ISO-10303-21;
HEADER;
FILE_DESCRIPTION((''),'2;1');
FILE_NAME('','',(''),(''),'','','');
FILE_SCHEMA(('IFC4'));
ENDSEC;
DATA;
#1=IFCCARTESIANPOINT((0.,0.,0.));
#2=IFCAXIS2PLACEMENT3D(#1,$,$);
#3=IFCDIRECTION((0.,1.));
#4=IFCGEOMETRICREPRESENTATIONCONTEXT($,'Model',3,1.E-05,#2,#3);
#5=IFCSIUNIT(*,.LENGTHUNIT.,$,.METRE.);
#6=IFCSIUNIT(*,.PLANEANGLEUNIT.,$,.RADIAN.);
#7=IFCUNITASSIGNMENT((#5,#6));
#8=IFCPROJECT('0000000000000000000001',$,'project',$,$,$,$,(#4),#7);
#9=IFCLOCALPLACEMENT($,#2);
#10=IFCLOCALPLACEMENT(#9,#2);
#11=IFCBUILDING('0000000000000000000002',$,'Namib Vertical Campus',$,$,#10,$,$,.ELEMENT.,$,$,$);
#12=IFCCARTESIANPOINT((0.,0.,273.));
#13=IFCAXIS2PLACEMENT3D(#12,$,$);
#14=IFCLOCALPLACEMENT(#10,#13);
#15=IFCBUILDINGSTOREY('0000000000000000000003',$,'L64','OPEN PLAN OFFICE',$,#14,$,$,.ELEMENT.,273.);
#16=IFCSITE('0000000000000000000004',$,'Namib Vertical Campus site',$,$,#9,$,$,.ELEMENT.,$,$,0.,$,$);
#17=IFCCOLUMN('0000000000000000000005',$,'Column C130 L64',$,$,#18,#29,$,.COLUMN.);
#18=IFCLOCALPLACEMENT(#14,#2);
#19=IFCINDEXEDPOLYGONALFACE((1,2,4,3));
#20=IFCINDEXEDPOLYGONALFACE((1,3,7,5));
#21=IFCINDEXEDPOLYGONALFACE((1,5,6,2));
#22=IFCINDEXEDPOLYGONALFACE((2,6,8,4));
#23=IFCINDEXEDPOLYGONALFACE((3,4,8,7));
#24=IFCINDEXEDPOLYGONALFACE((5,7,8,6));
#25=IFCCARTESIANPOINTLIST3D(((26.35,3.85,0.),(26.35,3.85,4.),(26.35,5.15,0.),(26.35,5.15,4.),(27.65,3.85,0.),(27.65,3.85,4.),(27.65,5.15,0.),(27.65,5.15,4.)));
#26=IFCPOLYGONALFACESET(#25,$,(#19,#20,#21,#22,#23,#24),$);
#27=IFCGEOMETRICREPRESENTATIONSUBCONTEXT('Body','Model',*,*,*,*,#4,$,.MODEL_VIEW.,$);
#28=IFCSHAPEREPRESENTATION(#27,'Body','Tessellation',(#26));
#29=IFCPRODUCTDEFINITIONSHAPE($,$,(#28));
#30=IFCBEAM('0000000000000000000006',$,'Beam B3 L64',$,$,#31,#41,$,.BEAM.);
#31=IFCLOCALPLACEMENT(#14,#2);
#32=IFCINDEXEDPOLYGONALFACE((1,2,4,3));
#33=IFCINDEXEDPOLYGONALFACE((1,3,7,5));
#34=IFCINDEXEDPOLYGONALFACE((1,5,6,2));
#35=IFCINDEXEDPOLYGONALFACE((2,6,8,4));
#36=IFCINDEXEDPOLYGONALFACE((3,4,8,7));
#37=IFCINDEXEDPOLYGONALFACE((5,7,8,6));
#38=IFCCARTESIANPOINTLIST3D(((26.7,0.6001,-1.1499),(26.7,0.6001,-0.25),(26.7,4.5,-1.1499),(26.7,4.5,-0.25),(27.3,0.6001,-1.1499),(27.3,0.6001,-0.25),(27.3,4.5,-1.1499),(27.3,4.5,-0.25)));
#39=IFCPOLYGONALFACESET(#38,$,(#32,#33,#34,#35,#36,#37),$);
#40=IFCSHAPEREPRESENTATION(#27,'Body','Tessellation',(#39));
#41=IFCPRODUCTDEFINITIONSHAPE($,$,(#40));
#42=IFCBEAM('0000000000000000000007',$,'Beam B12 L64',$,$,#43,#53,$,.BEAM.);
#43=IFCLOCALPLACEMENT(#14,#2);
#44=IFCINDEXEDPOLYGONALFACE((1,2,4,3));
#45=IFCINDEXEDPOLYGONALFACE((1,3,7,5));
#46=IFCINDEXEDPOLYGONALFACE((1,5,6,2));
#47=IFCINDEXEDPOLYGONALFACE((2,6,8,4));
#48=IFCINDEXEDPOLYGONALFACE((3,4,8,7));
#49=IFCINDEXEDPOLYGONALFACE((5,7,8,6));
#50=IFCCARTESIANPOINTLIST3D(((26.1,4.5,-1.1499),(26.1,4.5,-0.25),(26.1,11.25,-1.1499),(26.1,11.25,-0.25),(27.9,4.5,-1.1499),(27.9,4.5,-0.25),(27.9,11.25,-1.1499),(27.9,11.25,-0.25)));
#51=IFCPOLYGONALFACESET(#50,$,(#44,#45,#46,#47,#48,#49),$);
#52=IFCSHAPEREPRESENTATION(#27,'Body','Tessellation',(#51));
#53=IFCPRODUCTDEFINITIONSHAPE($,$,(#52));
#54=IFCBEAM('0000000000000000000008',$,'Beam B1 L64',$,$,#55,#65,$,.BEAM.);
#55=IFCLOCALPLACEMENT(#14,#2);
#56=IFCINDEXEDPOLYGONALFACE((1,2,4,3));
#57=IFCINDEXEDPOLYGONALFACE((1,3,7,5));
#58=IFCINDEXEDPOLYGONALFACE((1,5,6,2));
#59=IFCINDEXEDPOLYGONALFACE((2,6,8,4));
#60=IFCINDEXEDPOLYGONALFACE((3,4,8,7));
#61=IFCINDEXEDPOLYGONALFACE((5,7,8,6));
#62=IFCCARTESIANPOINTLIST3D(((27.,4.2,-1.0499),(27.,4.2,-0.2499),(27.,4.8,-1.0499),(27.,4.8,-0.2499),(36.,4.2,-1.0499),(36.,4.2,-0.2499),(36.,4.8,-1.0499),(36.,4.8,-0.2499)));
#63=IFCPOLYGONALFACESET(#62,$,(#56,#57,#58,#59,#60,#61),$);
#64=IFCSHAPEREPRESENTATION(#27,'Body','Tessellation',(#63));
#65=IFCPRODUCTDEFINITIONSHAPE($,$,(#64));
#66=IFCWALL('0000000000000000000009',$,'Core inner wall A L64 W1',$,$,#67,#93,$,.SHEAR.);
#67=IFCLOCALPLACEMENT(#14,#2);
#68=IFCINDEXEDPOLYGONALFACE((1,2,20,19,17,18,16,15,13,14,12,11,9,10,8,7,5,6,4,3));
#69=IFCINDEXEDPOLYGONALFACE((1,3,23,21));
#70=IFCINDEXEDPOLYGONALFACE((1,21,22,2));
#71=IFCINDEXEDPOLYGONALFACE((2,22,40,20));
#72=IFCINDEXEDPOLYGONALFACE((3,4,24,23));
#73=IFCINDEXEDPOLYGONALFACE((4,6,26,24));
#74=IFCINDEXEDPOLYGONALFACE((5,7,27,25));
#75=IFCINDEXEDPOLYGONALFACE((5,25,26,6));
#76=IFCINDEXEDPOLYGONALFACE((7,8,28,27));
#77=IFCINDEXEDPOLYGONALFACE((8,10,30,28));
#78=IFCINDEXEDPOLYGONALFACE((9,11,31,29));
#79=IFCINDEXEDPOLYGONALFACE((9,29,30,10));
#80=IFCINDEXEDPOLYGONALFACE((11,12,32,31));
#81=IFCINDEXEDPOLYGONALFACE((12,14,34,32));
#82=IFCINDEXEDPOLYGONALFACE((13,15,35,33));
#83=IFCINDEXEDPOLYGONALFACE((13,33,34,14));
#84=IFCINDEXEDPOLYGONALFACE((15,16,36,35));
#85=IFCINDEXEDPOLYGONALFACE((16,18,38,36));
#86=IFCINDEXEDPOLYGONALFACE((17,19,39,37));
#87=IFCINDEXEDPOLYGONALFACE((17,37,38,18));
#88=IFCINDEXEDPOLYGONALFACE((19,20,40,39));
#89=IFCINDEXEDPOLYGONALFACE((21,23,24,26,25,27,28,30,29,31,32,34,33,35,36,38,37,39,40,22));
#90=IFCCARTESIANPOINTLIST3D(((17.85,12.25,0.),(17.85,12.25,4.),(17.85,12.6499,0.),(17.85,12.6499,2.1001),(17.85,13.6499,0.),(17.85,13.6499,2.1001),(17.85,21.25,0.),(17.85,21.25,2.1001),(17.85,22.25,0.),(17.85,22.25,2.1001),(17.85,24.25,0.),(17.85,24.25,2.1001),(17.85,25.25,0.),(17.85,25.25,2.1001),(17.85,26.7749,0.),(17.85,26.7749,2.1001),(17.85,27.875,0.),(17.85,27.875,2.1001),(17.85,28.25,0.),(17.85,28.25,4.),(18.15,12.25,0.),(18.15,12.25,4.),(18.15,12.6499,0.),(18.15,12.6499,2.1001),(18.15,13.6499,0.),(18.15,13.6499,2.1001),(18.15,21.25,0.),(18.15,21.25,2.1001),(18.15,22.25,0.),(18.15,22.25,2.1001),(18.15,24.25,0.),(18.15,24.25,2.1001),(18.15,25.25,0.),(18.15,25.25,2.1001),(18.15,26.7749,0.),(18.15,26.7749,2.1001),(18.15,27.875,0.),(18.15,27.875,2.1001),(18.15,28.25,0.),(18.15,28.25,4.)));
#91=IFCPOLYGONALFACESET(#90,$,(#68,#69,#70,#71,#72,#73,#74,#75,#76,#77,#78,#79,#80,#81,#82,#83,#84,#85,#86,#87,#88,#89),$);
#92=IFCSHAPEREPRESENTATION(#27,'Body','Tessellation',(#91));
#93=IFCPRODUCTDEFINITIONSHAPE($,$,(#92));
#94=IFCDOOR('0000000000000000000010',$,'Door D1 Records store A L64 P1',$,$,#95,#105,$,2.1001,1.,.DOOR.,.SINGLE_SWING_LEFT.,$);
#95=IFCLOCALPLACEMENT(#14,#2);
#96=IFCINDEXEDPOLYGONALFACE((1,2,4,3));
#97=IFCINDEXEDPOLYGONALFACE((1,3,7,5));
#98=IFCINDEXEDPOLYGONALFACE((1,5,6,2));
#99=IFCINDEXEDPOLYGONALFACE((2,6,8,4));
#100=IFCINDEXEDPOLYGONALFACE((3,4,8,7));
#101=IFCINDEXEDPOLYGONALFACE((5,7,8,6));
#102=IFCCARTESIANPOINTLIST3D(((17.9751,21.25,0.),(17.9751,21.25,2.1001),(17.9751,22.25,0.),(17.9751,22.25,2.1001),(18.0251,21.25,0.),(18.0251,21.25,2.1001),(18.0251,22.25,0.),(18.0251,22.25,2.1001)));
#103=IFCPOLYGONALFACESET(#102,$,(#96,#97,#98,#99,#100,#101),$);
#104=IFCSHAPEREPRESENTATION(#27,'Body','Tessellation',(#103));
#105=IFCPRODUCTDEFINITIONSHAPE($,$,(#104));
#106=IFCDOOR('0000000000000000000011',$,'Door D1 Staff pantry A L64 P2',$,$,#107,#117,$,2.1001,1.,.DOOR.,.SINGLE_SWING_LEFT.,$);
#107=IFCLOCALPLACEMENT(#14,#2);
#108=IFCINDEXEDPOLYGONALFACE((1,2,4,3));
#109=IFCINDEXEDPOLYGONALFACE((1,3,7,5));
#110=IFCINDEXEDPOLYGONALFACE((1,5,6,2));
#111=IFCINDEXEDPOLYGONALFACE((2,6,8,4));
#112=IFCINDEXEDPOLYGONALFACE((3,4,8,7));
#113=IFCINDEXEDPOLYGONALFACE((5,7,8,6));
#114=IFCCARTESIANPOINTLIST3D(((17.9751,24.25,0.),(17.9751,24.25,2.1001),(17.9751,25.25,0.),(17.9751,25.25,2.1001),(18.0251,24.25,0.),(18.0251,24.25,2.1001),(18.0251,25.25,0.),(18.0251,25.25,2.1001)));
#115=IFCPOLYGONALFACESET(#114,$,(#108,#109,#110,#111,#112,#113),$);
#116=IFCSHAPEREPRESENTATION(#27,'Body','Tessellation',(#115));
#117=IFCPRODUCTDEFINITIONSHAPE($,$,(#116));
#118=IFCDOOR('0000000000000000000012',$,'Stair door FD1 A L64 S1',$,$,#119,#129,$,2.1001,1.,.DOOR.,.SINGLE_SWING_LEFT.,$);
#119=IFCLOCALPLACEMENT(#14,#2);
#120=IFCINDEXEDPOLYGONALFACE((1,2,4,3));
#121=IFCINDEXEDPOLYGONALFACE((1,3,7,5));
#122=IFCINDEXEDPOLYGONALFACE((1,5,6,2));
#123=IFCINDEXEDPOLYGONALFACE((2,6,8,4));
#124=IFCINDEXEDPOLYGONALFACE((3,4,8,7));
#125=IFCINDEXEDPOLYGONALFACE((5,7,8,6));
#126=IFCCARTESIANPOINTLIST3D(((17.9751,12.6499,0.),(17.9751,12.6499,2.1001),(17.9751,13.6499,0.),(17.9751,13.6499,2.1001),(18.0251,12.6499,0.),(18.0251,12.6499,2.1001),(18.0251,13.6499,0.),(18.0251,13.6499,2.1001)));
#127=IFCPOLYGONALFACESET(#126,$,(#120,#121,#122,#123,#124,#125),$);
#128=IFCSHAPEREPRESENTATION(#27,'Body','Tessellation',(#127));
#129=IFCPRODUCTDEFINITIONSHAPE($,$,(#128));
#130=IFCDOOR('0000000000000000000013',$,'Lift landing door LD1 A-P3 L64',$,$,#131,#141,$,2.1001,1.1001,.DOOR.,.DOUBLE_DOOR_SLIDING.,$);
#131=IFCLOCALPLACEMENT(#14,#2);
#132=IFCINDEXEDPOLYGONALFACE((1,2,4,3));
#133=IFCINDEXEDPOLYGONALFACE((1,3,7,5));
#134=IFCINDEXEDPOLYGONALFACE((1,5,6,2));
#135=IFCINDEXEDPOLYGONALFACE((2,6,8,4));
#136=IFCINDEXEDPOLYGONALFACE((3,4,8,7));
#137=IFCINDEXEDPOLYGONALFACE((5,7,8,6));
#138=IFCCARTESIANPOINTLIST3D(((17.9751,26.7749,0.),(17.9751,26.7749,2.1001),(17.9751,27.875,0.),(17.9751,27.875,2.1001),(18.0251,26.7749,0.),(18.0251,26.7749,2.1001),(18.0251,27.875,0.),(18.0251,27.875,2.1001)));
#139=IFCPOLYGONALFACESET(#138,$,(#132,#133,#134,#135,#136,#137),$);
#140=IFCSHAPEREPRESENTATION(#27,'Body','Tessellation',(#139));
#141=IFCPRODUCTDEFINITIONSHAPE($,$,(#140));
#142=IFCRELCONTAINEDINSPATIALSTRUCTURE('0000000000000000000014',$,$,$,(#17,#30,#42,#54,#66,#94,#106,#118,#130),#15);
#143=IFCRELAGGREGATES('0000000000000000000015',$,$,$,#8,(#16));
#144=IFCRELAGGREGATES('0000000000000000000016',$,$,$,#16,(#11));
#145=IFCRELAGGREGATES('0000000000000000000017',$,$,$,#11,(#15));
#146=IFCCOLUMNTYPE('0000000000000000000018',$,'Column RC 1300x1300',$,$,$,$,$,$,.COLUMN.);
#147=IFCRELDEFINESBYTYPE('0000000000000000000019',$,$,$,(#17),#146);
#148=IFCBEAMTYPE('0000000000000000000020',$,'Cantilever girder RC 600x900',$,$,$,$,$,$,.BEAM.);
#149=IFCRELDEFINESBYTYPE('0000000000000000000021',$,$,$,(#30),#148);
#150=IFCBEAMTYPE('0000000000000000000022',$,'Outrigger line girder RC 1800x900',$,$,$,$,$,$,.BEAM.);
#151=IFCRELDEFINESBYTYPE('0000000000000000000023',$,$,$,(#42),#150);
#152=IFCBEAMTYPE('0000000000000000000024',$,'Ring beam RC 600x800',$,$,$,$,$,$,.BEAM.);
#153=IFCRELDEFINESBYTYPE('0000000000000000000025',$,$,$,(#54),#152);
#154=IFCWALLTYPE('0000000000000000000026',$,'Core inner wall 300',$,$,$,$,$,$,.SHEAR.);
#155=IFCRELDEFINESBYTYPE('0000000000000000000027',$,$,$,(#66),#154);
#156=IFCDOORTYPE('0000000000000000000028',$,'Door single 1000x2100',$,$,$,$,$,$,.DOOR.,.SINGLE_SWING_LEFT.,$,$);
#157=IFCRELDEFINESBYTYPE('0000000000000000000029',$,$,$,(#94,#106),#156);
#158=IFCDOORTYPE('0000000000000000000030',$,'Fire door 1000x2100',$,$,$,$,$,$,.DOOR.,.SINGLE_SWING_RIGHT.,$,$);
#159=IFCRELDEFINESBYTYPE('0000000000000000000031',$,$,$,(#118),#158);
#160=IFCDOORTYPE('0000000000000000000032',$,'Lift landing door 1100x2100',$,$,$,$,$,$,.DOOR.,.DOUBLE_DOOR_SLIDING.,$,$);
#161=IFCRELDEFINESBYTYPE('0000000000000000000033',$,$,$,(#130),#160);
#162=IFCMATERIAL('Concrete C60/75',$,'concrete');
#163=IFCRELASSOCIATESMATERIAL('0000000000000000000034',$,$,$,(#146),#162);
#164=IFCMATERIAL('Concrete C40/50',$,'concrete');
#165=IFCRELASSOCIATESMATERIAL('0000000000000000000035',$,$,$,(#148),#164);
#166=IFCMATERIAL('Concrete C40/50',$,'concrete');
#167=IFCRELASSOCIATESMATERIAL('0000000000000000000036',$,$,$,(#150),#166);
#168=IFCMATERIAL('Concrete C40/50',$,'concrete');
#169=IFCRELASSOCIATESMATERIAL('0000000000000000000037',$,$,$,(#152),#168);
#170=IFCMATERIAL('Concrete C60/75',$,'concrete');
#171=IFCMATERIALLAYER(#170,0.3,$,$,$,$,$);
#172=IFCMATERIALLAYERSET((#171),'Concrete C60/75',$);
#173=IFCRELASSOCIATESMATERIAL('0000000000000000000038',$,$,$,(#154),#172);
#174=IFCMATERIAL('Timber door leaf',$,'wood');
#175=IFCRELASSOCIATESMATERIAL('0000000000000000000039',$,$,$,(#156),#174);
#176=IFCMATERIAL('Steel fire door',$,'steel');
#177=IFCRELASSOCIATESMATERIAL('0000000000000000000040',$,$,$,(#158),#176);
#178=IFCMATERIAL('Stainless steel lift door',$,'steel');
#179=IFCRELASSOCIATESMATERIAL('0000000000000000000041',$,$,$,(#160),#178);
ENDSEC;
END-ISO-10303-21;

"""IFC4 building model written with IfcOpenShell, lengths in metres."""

from ifc_helpers import new_model, si_unit, direction, frame, frame_2d, origin, origin_2d, place, context, subcontext, project, spatial, rectangle, extrude, material, layer, layer_set, material_profile, profile_set, type_object, element, fill, save


model = new_model("IFC4")

# Units and contexts
model_context = context("Model", 3, precision=1e-05, world=origin(), true_north=direction((0.0, 1.0)))
body_context = subcontext(model_context, "Body", "Model", "MODEL_VIEW")
ifc_project = project(units=[si_unit("LENGTHUNIT", "METRE"), si_unit("PLANEANGLEUNIT", "RADIAN")], contexts=[model_context])

# Site, building, storey
site_placement = place(None, origin())
site = spatial("IfcSite", under=ifc_project, at=site_placement, Name="Namib Vertical Campus site", CompositionType="ELEMENT", RefElevation=0.0)
building_placement = place(site_placement, origin())
building = spatial("IfcBuilding", under=site, at=building_placement, Name="Namib Vertical Campus", CompositionType="ELEMENT")
storey_placement = place(building_placement, frame((0.0, 0.0, 273.0)))
storey = spatial("IfcBuildingStorey", under=building, at=storey_placement, Name="L64", Description="OPEN PLAN OFFICE", CompositionType="ELEMENT", Elevation=273.0)

# Column
ifc_material_1 = material(Name="Concrete C60/75", Category="concrete")
ifc_material_profile_1 = material_profile(ifc_material_1, rectangle(XDim=1.3, YDim=1.3, at=origin_2d()))
ifc_profile_set_1 = profile_set([ifc_material_profile_1], Name="Concrete C60/75")
column_type = type_object("IfcColumnType", Name="Column RC 1300x1300", PredefinedType="COLUMN", material=ifc_profile_set_1)
column_placement = place(storey_placement, frame((27.0, 4.5, 0.0), z_axis=(0.0, 0.0, 1.0), x_axis=(1.0, 0.0, 0.0)))
element("IfcColumn", 1, at=column_placement, inside=storey, type_object=column_type, Name="Column C130 L64", PredefinedType="COLUMN", context=body_context, shape_type="SweptSolid", body=[
    extrude(rectangle(XDim=1.3, YDim=1.3, at=origin_2d()), origin(), (0.0, 0.0, 1.0), 4.0),
])

# Beams
ifc_material_2 = material(Name="Concrete C40/50", Category="concrete")
ifc_material_profile_2 = material_profile(ifc_material_2, rectangle(XDim=0.6001, YDim=0.8999, at=origin_2d()))
ifc_profile_set_2 = profile_set([ifc_material_profile_2], Name="Concrete C40/50")
beam_type_1 = type_object("IfcBeamType", Name="Cantilever girder RC 600x900", PredefinedType="BEAM", material=ifc_profile_set_2)
beam_1_placement = place(storey_placement, frame((27.0, 4.5, -0.7), z_axis=(0.0, -1.0, 0.0), x_axis=(1.0, 0.0, 0.0)))
element("IfcBeam", 2, at=beam_1_placement, inside=storey, type_object=beam_type_1, Name="Beam B3 L64", PredefinedType="BEAM", context=body_context, shape_type="SweptSolid", body=[
    extrude(rectangle(XDim=0.6001, YDim=0.8999, at=origin_2d()), origin(), (0.0, 0.0, 1.0), 3.8999),
])
ifc_material_3 = material(Name="Concrete C40/50", Category="concrete")
ifc_material_profile_3 = material_profile(ifc_material_3, rectangle(XDim=1.8, YDim=0.8999, at=origin_2d()))
ifc_profile_set_3 = profile_set([ifc_material_profile_3], Name="Concrete C40/50")
beam_type_2 = type_object("IfcBeamType", Name="Outrigger line girder RC 1800x900", PredefinedType="BEAM", material=ifc_profile_set_3)
beam_2_placement = place(storey_placement, frame((27.0, 4.5, -0.7), z_axis=(0.0, 1.0, 0.0), x_axis=(-1.0, 0.0, 0.0)))
element("IfcBeam", 3, at=beam_2_placement, inside=storey, type_object=beam_type_2, Name="Beam B12 L64", PredefinedType="BEAM", context=body_context, shape_type="SweptSolid", body=[
    extrude(rectangle(XDim=1.8, YDim=0.8999, at=origin_2d()), origin(), (0.0, 0.0, 1.0), 6.75),
])
ifc_material_4 = material(Name="Concrete C40/50", Category="concrete")
ifc_material_profile_4 = material_profile(ifc_material_4, rectangle(XDim=0.6001, YDim=0.8, at=origin_2d()))
ifc_profile_set_4 = profile_set([ifc_material_profile_4], Name="Concrete C40/50")
beam_type_3 = type_object("IfcBeamType", Name="Ring beam RC 600x800", PredefinedType="BEAM", material=ifc_profile_set_4)
beam_3_placement = place(storey_placement, frame((27.0, 4.5, -0.6499), z_axis=(1.0, 0.0, 0.0), x_axis=(0.0, 1.0, 0.0)))
element("IfcBeam", 4, at=beam_3_placement, inside=storey, type_object=beam_type_3, Name="Beam B1 L64", PredefinedType="BEAM", context=body_context, shape_type="SweptSolid", body=[
    extrude(rectangle(XDim=0.6001, YDim=0.8, at=origin_2d()), origin(), (0.0, 0.0, 1.0), 9.0),
])

# Wall, openings, doors
ifc_material_5 = material(Name="Concrete C60/75", Category="concrete")
ifc_layer_1 = layer(ifc_material_5, 0.3)
ifc_layer_set_1 = layer_set([ifc_layer_1], Name="Concrete C60/75")
wall_type_1 = type_object("IfcWallType", Name="Core inner wall 300", PredefinedType="SHEAR", material=ifc_layer_set_1)
wall_1_placement = place(storey_placement, frame((18.0, 12.25, 0.0), z_axis=(0.0, 0.0, 1.0), x_axis=(0.0, 1.0, 0.0)))
wall_1 = element("IfcWall", 5, at=wall_1_placement, inside=storey, type_object=wall_type_1, Name="Core inner wall A L64 W1", PredefinedType="SHEAR", context=body_context, shape_type="SweptSolid", body=[
    extrude(rectangle(XDim=16.0, YDim=0.3, at=frame_2d((8.0, 0.0))), origin(), (0.0, 0.0, 1.0), 4.0),
])
opening_1_placement = place(wall_1_placement, frame((0.3999, 0.0, 0.0)))
opening_1 = element("IfcOpeningElement", 6, at=opening_1_placement, cuts=wall_1, PredefinedType="OPENING", context=body_context, shape_type="SweptSolid", body=[
    extrude(rectangle(XDim=1.0, YDim=2.1001, at=frame_2d((0.5, 1.05))), frame((0.0, 0.1599, 0.0), z_axis=(0.0, -1.0, 0.0), x_axis=(1.0, 0.0, 0.0)), (0.0, 0.0, 1.0), 0.3201),
])
opening_2_placement = place(wall_1_placement, frame((14.5249, 0.0, 0.0)))
opening_2 = element("IfcOpeningElement", 7, at=opening_2_placement, cuts=wall_1, PredefinedType="OPENING", context=body_context, shape_type="SweptSolid", body=[
    extrude(rectangle(XDim=1.1001, YDim=2.1001, at=frame_2d((0.55, 1.05))), frame((0.0, 0.1599, 0.0), z_axis=(0.0, -1.0, 0.0), x_axis=(1.0, 0.0, 0.0)), (0.0, 0.0, 1.0), 0.3201),
])
opening_3_placement = place(wall_1_placement, frame((9.0, 0.0, 0.0)))
opening_3 = element("IfcOpeningElement", 8, at=opening_3_placement, cuts=wall_1, PredefinedType="OPENING", context=body_context, shape_type="SweptSolid", body=[
    extrude(rectangle(XDim=1.0, YDim=2.1001, at=frame_2d((0.5, 1.05))), frame((0.0, 0.1599, 0.0), z_axis=(0.0, -1.0, 0.0), x_axis=(1.0, 0.0, 0.0)), (0.0, 0.0, 1.0), 0.3201),
])
opening_4_placement = place(wall_1_placement, frame((12.0, 0.0, 0.0)))
opening_4 = element("IfcOpeningElement", 9, at=opening_4_placement, cuts=wall_1, PredefinedType="OPENING", context=body_context, shape_type="SweptSolid", body=[
    extrude(rectangle(XDim=1.0, YDim=2.1001, at=frame_2d((0.5, 1.05))), frame((0.0, 0.1599, 0.0), z_axis=(0.0, -1.0, 0.0), x_axis=(1.0, 0.0, 0.0)), (0.0, 0.0, 1.0), 0.3201),
])
ifc_material_6 = material(Name="Timber door leaf", Category="wood")
door_type_1 = type_object("IfcDoorType", Name="Door single 1000x2100", OperationType="SINGLE_SWING_LEFT", PredefinedType="DOOR", material=ifc_material_6)
door_1_placement = place(opening_3_placement, origin())
door_1 = element("IfcDoor", 10, at=door_1_placement, inside=storey, type_object=door_type_1, Name="Door D1 Records store A L64 P1", OperationType="SINGLE_SWING_LEFT", OverallHeight=2.1001, OverallWidth=1.0, PredefinedType="DOOR", context=body_context, shape_type="SweptSolid", body=[
    extrude(rectangle(XDim=1.0, YDim=2.1001, at=frame_2d((0.5, 1.05))), frame((0.0, 0.0249, 0.0), z_axis=(0.0, -1.0, 0.0), x_axis=(1.0, 0.0, 0.0)), (0.0, 0.0, 1.0), 0.05),
])
fill(opening_3, door_1)
door_2_placement = place(opening_4_placement, origin())
door_2 = element("IfcDoor", 11, at=door_2_placement, inside=storey, type_object=door_type_1, Name="Door D1 Staff pantry A L64 P2", OperationType="SINGLE_SWING_LEFT", OverallHeight=2.1001, OverallWidth=1.0, PredefinedType="DOOR", context=body_context, shape_type="SweptSolid", body=[
    extrude(rectangle(XDim=1.0, YDim=2.1001, at=frame_2d((0.5, 1.05))), frame((0.0, 0.0249, 0.0), z_axis=(0.0, -1.0, 0.0), x_axis=(1.0, 0.0, 0.0)), (0.0, 0.0, 1.0), 0.05),
])
fill(opening_4, door_2)
ifc_material_7 = material(Name="Steel fire door", Category="steel")
door_type_2 = type_object("IfcDoorType", Name="Fire door 1000x2100", OperationType="SINGLE_SWING_RIGHT", PredefinedType="DOOR", material=ifc_material_7)
door_3_placement = place(opening_1_placement, origin())
door_3 = element("IfcDoor", 12, at=door_3_placement, inside=storey, type_object=door_type_2, Name="Stair door FD1 A L64 S1", OperationType="SINGLE_SWING_LEFT", OverallHeight=2.1001, OverallWidth=1.0, PredefinedType="DOOR", context=body_context, shape_type="SweptSolid", body=[
    extrude(rectangle(XDim=1.0, YDim=2.1001, at=frame_2d((0.5, 1.05))), frame((0.0, 0.0249, 0.0), z_axis=(0.0, -1.0, 0.0), x_axis=(1.0, 0.0, 0.0)), (0.0, 0.0, 1.0), 0.05),
])
fill(opening_1, door_3)
ifc_material_8 = material(Name="Stainless steel lift door", Category="steel")
door_type_3 = type_object("IfcDoorType", Name="Lift landing door 1100x2100", OperationType="DOUBLE_DOOR_SLIDING", PredefinedType="DOOR", material=ifc_material_8)
door_4_placement = place(opening_2_placement, origin())
door_4 = element("IfcDoor", 13, at=door_4_placement, inside=storey, type_object=door_type_3, Name="Lift landing door LD1 A-P3 L64", OperationType="DOUBLE_DOOR_SLIDING", OverallHeight=2.1001, OverallWidth=1.1001, PredefinedType="DOOR", context=body_context, shape_type="SweptSolid", body=[
    extrude(rectangle(XDim=1.1001, YDim=2.1001, at=frame_2d((0.55, 1.05))), frame((0.0, 0.0249, 0.0), z_axis=(0.0, -1.0, 0.0), x_axis=(1.0, 0.0, 0.0)), (0.0, 0.0, 1.0), 0.05),
])
fill(opening_2, door_4)

save(model, "model.ifc")
